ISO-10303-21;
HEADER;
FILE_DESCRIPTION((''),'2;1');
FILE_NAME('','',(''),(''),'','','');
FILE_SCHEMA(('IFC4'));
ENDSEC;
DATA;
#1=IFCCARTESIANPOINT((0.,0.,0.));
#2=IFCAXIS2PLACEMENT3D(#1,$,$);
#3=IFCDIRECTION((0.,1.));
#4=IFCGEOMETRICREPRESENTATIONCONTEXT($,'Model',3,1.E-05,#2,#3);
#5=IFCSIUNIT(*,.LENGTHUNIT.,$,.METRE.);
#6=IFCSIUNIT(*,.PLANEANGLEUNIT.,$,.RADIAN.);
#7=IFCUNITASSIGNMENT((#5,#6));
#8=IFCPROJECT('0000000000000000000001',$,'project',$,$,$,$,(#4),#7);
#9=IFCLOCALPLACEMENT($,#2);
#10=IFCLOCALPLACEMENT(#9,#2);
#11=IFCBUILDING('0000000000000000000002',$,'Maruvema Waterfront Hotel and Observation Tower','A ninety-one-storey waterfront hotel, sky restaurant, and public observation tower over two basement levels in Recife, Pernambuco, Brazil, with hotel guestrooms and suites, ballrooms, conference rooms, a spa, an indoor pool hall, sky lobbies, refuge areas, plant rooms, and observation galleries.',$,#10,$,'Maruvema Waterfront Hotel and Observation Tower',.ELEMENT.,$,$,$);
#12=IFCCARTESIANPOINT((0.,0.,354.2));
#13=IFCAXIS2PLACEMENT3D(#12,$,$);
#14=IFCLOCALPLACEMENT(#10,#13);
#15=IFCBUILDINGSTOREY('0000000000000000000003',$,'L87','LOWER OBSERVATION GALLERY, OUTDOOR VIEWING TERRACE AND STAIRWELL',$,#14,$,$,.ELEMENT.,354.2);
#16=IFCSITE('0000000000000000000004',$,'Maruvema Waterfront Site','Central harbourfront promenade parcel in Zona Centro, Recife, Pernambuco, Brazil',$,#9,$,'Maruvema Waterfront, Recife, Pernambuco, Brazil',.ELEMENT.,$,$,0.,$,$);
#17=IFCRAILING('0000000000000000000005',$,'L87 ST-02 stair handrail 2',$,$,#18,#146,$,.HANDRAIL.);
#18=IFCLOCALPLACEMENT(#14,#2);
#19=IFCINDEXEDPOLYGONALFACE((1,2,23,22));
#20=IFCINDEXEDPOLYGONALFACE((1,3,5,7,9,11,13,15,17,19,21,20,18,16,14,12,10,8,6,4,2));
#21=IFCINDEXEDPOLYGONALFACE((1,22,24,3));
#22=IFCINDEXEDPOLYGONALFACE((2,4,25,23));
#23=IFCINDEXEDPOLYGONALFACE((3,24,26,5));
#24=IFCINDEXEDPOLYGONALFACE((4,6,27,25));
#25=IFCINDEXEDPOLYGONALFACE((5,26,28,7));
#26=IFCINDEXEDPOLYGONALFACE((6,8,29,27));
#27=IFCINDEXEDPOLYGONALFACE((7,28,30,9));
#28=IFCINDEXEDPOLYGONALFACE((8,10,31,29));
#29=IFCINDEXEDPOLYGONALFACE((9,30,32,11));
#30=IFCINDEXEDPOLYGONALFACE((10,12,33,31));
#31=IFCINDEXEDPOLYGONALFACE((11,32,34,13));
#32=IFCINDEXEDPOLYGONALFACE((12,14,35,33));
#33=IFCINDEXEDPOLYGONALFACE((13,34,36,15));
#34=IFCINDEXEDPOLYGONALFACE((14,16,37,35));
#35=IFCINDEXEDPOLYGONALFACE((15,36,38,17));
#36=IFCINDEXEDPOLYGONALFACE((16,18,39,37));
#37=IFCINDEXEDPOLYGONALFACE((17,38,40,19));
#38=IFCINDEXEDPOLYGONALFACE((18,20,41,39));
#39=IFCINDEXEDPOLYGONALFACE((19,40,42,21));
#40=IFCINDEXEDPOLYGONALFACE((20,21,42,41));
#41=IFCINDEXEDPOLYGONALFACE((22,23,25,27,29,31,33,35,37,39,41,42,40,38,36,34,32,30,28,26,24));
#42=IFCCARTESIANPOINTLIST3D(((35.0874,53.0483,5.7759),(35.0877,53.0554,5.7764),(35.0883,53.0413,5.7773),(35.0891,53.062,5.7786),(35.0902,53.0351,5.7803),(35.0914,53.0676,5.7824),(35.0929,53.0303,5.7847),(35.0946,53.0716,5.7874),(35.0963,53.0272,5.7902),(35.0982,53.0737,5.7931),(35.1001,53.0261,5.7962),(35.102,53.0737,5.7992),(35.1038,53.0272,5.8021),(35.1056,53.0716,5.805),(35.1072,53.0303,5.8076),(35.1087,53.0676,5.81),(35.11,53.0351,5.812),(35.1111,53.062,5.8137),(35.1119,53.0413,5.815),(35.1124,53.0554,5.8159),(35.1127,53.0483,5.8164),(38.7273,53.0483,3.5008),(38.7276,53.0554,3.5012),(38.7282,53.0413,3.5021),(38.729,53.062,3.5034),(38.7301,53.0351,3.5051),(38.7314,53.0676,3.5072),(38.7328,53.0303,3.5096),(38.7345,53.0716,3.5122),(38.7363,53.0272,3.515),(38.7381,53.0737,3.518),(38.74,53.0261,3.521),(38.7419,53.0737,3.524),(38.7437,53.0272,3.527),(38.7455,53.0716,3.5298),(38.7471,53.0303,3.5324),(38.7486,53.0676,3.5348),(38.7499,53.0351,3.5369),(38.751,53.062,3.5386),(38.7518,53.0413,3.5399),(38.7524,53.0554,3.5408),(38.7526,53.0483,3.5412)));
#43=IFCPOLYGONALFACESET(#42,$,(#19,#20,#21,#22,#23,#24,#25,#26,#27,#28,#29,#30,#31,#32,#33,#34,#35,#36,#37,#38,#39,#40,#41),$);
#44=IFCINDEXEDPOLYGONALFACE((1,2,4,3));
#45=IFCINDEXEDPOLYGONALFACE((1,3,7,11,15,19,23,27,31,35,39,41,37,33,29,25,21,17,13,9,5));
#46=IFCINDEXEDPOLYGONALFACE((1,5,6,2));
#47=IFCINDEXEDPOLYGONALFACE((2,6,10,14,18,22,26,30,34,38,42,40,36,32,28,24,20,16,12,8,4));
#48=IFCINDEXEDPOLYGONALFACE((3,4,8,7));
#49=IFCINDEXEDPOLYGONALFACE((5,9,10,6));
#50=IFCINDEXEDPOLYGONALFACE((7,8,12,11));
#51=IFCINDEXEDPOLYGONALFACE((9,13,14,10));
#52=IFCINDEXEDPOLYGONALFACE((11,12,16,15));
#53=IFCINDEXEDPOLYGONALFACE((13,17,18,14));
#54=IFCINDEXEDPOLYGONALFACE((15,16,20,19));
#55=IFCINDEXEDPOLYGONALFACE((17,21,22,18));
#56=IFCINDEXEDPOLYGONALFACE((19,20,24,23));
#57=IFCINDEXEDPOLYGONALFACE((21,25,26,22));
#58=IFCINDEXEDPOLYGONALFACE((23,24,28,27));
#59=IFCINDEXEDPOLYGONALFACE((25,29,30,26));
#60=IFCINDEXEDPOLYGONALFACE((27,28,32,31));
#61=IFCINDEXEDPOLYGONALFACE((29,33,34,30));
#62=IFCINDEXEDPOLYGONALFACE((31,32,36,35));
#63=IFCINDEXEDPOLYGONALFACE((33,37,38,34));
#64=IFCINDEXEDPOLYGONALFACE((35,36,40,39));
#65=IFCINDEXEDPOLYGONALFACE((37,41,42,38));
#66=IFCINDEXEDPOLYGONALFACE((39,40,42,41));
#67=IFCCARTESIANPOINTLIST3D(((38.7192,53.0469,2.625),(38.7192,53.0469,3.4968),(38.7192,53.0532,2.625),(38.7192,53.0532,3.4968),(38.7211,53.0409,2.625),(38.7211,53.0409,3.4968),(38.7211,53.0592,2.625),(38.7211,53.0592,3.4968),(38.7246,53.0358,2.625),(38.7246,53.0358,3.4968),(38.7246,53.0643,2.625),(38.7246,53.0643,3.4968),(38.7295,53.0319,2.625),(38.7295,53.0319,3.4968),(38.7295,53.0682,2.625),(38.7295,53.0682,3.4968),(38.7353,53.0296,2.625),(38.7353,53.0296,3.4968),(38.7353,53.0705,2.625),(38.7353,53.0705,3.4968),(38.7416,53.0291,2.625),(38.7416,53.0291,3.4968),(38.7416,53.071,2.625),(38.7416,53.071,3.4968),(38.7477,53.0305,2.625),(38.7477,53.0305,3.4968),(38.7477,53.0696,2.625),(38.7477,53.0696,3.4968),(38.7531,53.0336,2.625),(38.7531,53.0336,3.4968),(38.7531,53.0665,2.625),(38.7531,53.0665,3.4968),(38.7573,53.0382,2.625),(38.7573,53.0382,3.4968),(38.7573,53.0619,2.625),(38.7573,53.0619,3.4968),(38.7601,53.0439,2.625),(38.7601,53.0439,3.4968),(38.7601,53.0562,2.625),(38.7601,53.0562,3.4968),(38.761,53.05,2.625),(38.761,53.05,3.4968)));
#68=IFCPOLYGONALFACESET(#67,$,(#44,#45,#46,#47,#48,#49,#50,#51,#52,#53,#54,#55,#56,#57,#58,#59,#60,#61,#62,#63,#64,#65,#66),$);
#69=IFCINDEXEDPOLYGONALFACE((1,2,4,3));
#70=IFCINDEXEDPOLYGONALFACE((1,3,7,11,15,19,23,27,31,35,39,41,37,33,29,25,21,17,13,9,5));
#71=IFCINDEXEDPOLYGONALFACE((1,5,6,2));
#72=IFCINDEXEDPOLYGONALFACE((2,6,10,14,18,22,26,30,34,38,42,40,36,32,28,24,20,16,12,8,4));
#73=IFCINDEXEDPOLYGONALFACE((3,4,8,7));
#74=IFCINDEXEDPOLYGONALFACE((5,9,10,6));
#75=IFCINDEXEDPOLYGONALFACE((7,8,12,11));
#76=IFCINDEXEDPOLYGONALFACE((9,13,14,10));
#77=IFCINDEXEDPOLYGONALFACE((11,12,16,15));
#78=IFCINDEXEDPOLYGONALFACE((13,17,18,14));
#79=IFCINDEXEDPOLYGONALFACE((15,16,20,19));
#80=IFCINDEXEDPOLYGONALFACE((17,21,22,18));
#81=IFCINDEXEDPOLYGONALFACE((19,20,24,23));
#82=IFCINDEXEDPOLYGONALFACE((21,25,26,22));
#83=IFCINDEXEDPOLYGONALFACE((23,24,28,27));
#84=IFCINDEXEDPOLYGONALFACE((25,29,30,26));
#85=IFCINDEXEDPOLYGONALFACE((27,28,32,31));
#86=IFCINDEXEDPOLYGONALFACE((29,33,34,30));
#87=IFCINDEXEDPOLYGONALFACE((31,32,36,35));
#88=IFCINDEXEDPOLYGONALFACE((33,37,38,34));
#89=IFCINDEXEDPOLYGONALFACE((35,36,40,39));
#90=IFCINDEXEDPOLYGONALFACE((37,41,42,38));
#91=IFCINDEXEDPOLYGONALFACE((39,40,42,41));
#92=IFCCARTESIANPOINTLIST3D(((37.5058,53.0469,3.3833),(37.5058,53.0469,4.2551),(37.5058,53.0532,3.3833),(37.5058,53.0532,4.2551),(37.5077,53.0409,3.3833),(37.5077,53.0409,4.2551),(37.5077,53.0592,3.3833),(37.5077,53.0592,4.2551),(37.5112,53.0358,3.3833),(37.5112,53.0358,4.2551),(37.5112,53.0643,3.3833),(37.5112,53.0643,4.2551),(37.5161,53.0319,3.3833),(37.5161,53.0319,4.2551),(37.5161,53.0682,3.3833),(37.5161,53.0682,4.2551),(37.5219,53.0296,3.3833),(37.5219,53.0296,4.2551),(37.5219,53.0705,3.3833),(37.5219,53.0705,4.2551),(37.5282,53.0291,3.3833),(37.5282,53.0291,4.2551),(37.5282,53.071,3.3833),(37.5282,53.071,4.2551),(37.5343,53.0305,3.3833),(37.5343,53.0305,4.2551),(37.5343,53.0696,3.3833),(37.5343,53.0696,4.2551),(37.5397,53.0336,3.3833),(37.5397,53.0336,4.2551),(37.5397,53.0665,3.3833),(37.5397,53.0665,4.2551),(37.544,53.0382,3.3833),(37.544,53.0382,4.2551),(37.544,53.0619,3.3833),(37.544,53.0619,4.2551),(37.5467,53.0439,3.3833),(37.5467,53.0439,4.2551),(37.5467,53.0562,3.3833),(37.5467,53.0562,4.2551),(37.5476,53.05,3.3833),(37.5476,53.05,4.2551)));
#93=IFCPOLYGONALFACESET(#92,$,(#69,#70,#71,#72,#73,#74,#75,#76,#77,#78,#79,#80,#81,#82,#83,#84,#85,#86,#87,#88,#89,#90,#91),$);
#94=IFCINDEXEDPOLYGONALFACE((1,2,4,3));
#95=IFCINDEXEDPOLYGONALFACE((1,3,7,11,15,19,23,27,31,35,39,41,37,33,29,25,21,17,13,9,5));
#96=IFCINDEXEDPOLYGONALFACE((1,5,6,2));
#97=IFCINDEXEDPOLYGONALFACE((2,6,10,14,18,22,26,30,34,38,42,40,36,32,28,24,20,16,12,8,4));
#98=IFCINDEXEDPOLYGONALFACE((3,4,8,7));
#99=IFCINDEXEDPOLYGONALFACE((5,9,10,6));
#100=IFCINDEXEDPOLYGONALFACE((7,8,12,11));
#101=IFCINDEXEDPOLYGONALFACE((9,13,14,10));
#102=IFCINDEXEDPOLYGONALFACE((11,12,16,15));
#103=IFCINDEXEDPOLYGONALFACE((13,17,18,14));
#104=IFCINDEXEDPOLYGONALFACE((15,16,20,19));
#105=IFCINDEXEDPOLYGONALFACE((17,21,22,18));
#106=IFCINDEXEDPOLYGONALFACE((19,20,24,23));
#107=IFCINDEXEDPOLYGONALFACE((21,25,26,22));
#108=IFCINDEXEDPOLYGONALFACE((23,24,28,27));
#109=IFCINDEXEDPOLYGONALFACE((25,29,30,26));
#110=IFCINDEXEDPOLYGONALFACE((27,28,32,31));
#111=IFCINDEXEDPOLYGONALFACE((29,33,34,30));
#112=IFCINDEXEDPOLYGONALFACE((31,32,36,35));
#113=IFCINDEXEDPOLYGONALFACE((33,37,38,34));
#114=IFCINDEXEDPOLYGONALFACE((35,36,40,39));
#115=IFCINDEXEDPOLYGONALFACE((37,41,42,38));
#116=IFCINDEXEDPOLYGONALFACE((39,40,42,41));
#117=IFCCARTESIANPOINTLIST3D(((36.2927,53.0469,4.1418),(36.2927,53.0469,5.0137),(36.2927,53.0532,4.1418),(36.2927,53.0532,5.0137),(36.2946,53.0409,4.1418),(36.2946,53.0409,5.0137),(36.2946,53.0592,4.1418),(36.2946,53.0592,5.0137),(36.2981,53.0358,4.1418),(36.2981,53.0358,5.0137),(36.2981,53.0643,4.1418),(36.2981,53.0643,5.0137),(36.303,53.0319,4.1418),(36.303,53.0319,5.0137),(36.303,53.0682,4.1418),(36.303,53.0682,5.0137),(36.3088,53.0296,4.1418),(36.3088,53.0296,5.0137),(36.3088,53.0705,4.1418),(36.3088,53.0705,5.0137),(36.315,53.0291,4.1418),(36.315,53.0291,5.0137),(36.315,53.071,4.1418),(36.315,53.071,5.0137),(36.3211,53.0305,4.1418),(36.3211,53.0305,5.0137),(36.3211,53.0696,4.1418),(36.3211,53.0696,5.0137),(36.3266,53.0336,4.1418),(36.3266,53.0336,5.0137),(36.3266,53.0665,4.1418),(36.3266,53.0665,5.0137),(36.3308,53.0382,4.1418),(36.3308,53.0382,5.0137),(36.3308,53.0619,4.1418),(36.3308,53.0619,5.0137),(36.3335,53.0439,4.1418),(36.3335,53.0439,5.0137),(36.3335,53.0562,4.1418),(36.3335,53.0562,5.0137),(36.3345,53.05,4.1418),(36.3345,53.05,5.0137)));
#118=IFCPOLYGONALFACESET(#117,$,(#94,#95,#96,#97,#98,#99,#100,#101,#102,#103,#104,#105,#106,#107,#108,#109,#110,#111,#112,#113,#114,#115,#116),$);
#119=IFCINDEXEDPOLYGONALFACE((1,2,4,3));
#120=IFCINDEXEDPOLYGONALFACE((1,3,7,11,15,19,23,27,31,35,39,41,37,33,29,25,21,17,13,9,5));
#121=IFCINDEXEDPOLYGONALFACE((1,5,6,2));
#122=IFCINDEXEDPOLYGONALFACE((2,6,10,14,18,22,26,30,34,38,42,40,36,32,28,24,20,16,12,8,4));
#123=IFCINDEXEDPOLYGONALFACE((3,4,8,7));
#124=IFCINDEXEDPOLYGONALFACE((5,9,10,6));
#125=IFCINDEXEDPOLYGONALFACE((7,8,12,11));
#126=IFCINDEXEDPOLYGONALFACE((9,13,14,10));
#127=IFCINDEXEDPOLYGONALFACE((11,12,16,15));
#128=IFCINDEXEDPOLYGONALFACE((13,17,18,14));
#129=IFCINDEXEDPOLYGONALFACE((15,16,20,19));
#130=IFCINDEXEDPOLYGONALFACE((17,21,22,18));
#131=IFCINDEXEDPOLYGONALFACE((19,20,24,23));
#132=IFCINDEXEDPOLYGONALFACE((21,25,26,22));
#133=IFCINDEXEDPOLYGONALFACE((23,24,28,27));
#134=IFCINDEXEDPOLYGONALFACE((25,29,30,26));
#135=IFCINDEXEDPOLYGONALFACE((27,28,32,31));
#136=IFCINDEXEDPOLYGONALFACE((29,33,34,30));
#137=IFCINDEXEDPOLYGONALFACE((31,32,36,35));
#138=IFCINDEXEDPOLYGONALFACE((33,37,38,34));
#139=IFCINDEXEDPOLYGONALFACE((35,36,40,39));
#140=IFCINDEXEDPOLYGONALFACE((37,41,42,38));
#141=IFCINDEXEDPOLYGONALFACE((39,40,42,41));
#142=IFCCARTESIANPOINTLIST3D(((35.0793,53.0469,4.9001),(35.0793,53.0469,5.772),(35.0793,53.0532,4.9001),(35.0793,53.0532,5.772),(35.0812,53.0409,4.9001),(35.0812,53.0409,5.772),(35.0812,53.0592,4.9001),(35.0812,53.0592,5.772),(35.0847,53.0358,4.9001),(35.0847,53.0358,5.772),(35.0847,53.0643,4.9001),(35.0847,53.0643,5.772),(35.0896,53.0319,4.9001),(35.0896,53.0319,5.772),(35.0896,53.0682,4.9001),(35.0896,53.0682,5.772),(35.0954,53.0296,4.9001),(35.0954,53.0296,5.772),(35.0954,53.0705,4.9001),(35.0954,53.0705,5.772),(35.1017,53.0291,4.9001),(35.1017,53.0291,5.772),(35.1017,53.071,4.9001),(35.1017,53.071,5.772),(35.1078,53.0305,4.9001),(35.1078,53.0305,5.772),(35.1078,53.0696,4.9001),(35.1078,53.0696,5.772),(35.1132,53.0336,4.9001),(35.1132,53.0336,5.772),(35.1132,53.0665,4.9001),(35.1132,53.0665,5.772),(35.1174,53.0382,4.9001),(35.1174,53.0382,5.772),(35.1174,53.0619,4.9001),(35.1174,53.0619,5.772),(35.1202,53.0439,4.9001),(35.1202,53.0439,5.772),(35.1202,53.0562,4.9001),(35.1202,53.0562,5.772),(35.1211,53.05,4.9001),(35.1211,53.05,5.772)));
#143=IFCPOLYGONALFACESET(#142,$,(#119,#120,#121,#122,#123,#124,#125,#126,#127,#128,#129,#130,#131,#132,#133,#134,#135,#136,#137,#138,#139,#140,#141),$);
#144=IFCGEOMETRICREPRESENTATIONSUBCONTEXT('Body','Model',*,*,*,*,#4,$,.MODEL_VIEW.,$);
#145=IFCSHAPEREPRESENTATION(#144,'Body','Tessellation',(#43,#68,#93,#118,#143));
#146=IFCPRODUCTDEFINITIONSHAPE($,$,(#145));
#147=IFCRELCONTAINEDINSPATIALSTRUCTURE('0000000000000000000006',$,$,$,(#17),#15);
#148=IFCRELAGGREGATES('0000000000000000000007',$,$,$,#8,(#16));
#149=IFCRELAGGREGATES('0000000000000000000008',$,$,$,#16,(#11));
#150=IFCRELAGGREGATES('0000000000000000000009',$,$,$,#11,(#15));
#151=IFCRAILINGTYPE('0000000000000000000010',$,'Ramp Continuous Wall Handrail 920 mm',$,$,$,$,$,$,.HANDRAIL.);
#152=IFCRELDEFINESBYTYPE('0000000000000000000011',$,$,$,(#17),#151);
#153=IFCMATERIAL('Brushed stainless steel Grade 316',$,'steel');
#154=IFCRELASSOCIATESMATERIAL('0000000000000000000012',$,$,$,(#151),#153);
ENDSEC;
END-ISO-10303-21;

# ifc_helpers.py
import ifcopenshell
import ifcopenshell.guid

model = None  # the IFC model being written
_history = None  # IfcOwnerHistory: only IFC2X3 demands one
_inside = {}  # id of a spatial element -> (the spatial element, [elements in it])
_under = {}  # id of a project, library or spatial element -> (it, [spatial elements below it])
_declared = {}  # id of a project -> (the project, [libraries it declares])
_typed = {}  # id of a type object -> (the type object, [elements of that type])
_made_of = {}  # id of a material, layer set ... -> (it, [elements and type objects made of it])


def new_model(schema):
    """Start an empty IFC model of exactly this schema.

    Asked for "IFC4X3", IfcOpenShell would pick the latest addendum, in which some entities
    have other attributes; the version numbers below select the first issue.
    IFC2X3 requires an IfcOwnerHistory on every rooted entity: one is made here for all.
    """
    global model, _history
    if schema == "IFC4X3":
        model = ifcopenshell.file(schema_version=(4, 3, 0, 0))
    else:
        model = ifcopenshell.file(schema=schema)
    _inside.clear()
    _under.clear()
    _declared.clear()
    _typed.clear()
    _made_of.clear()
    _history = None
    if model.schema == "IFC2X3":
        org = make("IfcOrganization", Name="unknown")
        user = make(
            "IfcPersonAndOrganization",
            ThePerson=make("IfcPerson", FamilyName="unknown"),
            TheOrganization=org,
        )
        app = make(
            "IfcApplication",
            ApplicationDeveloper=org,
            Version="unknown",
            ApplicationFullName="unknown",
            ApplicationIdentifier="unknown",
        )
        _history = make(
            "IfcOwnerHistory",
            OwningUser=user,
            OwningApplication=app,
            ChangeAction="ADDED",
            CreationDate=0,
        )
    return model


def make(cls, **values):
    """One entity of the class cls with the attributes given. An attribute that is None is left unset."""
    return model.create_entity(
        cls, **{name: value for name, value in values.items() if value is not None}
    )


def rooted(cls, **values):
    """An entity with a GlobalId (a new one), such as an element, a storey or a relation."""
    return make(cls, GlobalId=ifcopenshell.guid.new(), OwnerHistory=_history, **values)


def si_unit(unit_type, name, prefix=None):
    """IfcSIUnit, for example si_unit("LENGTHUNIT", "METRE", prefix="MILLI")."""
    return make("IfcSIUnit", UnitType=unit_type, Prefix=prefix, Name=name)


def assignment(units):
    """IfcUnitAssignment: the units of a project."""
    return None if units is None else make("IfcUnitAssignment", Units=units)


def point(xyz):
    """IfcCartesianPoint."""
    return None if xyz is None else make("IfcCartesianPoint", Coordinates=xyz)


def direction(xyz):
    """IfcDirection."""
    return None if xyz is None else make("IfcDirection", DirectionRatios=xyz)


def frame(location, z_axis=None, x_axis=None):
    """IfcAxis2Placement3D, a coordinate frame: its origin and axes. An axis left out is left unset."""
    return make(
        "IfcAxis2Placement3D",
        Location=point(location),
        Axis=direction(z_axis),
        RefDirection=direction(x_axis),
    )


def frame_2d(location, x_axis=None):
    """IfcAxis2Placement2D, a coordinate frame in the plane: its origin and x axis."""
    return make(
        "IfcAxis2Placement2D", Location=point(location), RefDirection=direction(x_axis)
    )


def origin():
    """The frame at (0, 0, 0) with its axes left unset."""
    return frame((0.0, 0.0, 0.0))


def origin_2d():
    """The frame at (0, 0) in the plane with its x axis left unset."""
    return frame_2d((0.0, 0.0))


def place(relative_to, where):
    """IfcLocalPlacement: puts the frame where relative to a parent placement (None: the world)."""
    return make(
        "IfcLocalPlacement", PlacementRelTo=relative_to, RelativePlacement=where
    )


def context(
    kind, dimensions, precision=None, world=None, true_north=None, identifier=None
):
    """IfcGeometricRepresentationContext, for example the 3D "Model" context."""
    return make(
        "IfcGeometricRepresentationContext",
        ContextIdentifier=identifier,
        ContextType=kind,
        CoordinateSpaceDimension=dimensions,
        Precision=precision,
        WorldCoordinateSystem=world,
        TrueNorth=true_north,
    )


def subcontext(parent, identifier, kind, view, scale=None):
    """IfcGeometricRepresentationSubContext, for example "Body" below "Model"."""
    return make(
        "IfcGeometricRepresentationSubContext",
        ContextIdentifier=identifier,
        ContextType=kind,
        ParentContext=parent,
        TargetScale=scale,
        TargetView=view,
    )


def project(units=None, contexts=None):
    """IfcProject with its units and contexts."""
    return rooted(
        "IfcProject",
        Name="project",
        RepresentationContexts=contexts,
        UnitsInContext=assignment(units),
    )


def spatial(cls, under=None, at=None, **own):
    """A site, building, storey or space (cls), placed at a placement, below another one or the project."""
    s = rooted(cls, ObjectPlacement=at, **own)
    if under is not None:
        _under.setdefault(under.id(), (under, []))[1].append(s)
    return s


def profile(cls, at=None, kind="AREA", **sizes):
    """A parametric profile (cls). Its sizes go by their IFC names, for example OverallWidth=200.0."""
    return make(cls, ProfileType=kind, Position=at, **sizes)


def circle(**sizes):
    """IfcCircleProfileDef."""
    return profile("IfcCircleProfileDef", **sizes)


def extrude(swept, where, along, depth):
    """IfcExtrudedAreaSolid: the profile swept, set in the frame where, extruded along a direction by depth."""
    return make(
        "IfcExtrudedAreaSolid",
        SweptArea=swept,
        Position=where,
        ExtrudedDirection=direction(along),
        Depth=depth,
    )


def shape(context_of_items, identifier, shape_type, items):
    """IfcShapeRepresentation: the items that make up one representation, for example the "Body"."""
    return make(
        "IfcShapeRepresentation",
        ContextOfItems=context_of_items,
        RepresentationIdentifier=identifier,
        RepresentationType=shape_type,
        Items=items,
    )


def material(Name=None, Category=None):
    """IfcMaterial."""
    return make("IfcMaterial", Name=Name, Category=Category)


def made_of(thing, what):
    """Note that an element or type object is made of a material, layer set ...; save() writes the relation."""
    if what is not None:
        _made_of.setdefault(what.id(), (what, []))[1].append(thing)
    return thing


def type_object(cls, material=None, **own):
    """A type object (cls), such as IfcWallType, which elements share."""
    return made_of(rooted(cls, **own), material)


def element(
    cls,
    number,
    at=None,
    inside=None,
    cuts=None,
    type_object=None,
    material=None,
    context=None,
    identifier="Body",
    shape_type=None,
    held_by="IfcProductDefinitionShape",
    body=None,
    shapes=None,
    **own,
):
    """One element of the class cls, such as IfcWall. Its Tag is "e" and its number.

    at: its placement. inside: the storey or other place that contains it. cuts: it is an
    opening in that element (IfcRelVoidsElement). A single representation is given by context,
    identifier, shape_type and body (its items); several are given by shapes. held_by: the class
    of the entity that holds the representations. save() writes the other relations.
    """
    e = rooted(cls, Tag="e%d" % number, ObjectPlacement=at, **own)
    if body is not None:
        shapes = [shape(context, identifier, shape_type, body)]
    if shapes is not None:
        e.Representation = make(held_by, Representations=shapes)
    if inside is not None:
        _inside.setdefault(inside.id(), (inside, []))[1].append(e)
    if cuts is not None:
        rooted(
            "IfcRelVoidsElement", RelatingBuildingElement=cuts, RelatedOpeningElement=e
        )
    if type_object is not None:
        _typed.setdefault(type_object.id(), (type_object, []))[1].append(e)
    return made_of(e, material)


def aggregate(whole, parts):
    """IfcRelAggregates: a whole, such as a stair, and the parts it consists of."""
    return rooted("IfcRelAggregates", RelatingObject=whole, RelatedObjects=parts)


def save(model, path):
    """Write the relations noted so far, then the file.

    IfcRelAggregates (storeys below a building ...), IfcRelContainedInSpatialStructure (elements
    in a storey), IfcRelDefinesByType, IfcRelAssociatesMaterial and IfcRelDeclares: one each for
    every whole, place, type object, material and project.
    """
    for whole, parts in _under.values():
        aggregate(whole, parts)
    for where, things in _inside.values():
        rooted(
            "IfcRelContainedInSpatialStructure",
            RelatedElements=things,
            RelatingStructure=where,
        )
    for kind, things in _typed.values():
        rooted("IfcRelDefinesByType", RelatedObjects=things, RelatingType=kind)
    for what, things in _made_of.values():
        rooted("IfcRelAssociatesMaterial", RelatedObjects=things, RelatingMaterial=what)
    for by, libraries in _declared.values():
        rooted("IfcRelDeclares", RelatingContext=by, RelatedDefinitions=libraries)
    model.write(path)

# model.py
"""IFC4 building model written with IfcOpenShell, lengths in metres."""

from ifc_helpers import new_model, si_unit, direction, frame, origin, origin_2d, place, context, subcontext, project, spatial, circle, extrude, material, type_object, element, save


model = new_model("IFC4")

# Units and contexts
model_context = context("Model", 3, precision=1e-05, world=origin(), true_north=direction((0.0, 1.0)))
body_context = subcontext(model_context, "Body", "Model", "MODEL_VIEW")
ifc_project = project(units=[si_unit("LENGTHUNIT", "METRE"), si_unit("PLANEANGLEUNIT", "RADIAN")], contexts=[model_context])

# Site, building, storey
site_placement = place(None, origin())
site = spatial("IfcSite", under=ifc_project, at=site_placement, Name="Maruvema Waterfront Site", Description="Central harbourfront promenade parcel in Zona Centro, Recife, Pernambuco, Brazil", LongName="Maruvema Waterfront, Recife, Pernambuco, Brazil", CompositionType="ELEMENT", RefElevation=0.0)
building_placement = place(site_placement, origin())
building = spatial("IfcBuilding", under=site, at=building_placement, Name="Maruvema Waterfront Hotel and Observation Tower", Description="A ninety-one-storey waterfront hotel, sky restaurant, and public observation tower over two basement levels in Recife, Pernambuco, Brazil, with hotel guestrooms and suites, ballrooms, conference rooms, a spa, an indoor pool hall, sky lobbies, refuge areas, plant rooms, and observation galleries.", LongName="Maruvema Waterfront Hotel and Observation Tower", CompositionType="ELEMENT")
storey_placement = place(building_placement, frame((0.0, 0.0, 354.2)))
storey = spatial("IfcBuildingStorey", under=building, at=storey_placement, Name="L87", Description="LOWER OBSERVATION GALLERY, OUTDOOR VIEWING TERRACE AND STAIRWELL", CompositionType="ELEMENT", Elevation=354.2)

# Railing
ifc_material_1 = material(Name="Brushed stainless steel Grade 316", Category="steel")
railing_type_1 = type_object("IfcRailingType", Name="Ramp Continuous Wall Handrail 920 mm", PredefinedType="HANDRAIL", material=ifc_material_1)
railing_1_placement = place(storey_placement, frame((38.74, 53.05, 2.625)))
element("IfcRailing", 1, at=railing_1_placement, inside=storey, type_object=railing_type_1, Name="L87 ST-02 stair handrail 2", PredefinedType="HANDRAIL", context=body_context, shape_type="SweptSolid", body=[
    extrude(circle(Radius=0.0239, at=origin_2d()), frame((0.0, 0.0, 0.896), z_axis=(-0.847976, 0.0, 0.530035), x_axis=(0.0, -1.0, 0.0)), (0.0, 0.0, 1.0), 4.2925),
    extrude(circle(Radius=0.021, at=origin_2d()), origin(), (0.0, 0.0, 1.0), 0.8718),
    extrude(circle(Radius=0.021, at=origin_2d()), frame((-1.2134, 0.0, 0.7583)), (0.0, 0.0, 1.0), 0.8718),
    extrude(circle(Radius=0.021, at=origin_2d()), frame((-2.4265, 0.0, 1.5168)), (0.0, 0.0, 1.0), 0.8718),
    extrude(circle(Radius=0.021, at=origin_2d()), frame((-3.6399, 0.0, 2.2751)), (0.0, 0.0, 1.0), 0.8718),
])

save(model, "model.ifc")
